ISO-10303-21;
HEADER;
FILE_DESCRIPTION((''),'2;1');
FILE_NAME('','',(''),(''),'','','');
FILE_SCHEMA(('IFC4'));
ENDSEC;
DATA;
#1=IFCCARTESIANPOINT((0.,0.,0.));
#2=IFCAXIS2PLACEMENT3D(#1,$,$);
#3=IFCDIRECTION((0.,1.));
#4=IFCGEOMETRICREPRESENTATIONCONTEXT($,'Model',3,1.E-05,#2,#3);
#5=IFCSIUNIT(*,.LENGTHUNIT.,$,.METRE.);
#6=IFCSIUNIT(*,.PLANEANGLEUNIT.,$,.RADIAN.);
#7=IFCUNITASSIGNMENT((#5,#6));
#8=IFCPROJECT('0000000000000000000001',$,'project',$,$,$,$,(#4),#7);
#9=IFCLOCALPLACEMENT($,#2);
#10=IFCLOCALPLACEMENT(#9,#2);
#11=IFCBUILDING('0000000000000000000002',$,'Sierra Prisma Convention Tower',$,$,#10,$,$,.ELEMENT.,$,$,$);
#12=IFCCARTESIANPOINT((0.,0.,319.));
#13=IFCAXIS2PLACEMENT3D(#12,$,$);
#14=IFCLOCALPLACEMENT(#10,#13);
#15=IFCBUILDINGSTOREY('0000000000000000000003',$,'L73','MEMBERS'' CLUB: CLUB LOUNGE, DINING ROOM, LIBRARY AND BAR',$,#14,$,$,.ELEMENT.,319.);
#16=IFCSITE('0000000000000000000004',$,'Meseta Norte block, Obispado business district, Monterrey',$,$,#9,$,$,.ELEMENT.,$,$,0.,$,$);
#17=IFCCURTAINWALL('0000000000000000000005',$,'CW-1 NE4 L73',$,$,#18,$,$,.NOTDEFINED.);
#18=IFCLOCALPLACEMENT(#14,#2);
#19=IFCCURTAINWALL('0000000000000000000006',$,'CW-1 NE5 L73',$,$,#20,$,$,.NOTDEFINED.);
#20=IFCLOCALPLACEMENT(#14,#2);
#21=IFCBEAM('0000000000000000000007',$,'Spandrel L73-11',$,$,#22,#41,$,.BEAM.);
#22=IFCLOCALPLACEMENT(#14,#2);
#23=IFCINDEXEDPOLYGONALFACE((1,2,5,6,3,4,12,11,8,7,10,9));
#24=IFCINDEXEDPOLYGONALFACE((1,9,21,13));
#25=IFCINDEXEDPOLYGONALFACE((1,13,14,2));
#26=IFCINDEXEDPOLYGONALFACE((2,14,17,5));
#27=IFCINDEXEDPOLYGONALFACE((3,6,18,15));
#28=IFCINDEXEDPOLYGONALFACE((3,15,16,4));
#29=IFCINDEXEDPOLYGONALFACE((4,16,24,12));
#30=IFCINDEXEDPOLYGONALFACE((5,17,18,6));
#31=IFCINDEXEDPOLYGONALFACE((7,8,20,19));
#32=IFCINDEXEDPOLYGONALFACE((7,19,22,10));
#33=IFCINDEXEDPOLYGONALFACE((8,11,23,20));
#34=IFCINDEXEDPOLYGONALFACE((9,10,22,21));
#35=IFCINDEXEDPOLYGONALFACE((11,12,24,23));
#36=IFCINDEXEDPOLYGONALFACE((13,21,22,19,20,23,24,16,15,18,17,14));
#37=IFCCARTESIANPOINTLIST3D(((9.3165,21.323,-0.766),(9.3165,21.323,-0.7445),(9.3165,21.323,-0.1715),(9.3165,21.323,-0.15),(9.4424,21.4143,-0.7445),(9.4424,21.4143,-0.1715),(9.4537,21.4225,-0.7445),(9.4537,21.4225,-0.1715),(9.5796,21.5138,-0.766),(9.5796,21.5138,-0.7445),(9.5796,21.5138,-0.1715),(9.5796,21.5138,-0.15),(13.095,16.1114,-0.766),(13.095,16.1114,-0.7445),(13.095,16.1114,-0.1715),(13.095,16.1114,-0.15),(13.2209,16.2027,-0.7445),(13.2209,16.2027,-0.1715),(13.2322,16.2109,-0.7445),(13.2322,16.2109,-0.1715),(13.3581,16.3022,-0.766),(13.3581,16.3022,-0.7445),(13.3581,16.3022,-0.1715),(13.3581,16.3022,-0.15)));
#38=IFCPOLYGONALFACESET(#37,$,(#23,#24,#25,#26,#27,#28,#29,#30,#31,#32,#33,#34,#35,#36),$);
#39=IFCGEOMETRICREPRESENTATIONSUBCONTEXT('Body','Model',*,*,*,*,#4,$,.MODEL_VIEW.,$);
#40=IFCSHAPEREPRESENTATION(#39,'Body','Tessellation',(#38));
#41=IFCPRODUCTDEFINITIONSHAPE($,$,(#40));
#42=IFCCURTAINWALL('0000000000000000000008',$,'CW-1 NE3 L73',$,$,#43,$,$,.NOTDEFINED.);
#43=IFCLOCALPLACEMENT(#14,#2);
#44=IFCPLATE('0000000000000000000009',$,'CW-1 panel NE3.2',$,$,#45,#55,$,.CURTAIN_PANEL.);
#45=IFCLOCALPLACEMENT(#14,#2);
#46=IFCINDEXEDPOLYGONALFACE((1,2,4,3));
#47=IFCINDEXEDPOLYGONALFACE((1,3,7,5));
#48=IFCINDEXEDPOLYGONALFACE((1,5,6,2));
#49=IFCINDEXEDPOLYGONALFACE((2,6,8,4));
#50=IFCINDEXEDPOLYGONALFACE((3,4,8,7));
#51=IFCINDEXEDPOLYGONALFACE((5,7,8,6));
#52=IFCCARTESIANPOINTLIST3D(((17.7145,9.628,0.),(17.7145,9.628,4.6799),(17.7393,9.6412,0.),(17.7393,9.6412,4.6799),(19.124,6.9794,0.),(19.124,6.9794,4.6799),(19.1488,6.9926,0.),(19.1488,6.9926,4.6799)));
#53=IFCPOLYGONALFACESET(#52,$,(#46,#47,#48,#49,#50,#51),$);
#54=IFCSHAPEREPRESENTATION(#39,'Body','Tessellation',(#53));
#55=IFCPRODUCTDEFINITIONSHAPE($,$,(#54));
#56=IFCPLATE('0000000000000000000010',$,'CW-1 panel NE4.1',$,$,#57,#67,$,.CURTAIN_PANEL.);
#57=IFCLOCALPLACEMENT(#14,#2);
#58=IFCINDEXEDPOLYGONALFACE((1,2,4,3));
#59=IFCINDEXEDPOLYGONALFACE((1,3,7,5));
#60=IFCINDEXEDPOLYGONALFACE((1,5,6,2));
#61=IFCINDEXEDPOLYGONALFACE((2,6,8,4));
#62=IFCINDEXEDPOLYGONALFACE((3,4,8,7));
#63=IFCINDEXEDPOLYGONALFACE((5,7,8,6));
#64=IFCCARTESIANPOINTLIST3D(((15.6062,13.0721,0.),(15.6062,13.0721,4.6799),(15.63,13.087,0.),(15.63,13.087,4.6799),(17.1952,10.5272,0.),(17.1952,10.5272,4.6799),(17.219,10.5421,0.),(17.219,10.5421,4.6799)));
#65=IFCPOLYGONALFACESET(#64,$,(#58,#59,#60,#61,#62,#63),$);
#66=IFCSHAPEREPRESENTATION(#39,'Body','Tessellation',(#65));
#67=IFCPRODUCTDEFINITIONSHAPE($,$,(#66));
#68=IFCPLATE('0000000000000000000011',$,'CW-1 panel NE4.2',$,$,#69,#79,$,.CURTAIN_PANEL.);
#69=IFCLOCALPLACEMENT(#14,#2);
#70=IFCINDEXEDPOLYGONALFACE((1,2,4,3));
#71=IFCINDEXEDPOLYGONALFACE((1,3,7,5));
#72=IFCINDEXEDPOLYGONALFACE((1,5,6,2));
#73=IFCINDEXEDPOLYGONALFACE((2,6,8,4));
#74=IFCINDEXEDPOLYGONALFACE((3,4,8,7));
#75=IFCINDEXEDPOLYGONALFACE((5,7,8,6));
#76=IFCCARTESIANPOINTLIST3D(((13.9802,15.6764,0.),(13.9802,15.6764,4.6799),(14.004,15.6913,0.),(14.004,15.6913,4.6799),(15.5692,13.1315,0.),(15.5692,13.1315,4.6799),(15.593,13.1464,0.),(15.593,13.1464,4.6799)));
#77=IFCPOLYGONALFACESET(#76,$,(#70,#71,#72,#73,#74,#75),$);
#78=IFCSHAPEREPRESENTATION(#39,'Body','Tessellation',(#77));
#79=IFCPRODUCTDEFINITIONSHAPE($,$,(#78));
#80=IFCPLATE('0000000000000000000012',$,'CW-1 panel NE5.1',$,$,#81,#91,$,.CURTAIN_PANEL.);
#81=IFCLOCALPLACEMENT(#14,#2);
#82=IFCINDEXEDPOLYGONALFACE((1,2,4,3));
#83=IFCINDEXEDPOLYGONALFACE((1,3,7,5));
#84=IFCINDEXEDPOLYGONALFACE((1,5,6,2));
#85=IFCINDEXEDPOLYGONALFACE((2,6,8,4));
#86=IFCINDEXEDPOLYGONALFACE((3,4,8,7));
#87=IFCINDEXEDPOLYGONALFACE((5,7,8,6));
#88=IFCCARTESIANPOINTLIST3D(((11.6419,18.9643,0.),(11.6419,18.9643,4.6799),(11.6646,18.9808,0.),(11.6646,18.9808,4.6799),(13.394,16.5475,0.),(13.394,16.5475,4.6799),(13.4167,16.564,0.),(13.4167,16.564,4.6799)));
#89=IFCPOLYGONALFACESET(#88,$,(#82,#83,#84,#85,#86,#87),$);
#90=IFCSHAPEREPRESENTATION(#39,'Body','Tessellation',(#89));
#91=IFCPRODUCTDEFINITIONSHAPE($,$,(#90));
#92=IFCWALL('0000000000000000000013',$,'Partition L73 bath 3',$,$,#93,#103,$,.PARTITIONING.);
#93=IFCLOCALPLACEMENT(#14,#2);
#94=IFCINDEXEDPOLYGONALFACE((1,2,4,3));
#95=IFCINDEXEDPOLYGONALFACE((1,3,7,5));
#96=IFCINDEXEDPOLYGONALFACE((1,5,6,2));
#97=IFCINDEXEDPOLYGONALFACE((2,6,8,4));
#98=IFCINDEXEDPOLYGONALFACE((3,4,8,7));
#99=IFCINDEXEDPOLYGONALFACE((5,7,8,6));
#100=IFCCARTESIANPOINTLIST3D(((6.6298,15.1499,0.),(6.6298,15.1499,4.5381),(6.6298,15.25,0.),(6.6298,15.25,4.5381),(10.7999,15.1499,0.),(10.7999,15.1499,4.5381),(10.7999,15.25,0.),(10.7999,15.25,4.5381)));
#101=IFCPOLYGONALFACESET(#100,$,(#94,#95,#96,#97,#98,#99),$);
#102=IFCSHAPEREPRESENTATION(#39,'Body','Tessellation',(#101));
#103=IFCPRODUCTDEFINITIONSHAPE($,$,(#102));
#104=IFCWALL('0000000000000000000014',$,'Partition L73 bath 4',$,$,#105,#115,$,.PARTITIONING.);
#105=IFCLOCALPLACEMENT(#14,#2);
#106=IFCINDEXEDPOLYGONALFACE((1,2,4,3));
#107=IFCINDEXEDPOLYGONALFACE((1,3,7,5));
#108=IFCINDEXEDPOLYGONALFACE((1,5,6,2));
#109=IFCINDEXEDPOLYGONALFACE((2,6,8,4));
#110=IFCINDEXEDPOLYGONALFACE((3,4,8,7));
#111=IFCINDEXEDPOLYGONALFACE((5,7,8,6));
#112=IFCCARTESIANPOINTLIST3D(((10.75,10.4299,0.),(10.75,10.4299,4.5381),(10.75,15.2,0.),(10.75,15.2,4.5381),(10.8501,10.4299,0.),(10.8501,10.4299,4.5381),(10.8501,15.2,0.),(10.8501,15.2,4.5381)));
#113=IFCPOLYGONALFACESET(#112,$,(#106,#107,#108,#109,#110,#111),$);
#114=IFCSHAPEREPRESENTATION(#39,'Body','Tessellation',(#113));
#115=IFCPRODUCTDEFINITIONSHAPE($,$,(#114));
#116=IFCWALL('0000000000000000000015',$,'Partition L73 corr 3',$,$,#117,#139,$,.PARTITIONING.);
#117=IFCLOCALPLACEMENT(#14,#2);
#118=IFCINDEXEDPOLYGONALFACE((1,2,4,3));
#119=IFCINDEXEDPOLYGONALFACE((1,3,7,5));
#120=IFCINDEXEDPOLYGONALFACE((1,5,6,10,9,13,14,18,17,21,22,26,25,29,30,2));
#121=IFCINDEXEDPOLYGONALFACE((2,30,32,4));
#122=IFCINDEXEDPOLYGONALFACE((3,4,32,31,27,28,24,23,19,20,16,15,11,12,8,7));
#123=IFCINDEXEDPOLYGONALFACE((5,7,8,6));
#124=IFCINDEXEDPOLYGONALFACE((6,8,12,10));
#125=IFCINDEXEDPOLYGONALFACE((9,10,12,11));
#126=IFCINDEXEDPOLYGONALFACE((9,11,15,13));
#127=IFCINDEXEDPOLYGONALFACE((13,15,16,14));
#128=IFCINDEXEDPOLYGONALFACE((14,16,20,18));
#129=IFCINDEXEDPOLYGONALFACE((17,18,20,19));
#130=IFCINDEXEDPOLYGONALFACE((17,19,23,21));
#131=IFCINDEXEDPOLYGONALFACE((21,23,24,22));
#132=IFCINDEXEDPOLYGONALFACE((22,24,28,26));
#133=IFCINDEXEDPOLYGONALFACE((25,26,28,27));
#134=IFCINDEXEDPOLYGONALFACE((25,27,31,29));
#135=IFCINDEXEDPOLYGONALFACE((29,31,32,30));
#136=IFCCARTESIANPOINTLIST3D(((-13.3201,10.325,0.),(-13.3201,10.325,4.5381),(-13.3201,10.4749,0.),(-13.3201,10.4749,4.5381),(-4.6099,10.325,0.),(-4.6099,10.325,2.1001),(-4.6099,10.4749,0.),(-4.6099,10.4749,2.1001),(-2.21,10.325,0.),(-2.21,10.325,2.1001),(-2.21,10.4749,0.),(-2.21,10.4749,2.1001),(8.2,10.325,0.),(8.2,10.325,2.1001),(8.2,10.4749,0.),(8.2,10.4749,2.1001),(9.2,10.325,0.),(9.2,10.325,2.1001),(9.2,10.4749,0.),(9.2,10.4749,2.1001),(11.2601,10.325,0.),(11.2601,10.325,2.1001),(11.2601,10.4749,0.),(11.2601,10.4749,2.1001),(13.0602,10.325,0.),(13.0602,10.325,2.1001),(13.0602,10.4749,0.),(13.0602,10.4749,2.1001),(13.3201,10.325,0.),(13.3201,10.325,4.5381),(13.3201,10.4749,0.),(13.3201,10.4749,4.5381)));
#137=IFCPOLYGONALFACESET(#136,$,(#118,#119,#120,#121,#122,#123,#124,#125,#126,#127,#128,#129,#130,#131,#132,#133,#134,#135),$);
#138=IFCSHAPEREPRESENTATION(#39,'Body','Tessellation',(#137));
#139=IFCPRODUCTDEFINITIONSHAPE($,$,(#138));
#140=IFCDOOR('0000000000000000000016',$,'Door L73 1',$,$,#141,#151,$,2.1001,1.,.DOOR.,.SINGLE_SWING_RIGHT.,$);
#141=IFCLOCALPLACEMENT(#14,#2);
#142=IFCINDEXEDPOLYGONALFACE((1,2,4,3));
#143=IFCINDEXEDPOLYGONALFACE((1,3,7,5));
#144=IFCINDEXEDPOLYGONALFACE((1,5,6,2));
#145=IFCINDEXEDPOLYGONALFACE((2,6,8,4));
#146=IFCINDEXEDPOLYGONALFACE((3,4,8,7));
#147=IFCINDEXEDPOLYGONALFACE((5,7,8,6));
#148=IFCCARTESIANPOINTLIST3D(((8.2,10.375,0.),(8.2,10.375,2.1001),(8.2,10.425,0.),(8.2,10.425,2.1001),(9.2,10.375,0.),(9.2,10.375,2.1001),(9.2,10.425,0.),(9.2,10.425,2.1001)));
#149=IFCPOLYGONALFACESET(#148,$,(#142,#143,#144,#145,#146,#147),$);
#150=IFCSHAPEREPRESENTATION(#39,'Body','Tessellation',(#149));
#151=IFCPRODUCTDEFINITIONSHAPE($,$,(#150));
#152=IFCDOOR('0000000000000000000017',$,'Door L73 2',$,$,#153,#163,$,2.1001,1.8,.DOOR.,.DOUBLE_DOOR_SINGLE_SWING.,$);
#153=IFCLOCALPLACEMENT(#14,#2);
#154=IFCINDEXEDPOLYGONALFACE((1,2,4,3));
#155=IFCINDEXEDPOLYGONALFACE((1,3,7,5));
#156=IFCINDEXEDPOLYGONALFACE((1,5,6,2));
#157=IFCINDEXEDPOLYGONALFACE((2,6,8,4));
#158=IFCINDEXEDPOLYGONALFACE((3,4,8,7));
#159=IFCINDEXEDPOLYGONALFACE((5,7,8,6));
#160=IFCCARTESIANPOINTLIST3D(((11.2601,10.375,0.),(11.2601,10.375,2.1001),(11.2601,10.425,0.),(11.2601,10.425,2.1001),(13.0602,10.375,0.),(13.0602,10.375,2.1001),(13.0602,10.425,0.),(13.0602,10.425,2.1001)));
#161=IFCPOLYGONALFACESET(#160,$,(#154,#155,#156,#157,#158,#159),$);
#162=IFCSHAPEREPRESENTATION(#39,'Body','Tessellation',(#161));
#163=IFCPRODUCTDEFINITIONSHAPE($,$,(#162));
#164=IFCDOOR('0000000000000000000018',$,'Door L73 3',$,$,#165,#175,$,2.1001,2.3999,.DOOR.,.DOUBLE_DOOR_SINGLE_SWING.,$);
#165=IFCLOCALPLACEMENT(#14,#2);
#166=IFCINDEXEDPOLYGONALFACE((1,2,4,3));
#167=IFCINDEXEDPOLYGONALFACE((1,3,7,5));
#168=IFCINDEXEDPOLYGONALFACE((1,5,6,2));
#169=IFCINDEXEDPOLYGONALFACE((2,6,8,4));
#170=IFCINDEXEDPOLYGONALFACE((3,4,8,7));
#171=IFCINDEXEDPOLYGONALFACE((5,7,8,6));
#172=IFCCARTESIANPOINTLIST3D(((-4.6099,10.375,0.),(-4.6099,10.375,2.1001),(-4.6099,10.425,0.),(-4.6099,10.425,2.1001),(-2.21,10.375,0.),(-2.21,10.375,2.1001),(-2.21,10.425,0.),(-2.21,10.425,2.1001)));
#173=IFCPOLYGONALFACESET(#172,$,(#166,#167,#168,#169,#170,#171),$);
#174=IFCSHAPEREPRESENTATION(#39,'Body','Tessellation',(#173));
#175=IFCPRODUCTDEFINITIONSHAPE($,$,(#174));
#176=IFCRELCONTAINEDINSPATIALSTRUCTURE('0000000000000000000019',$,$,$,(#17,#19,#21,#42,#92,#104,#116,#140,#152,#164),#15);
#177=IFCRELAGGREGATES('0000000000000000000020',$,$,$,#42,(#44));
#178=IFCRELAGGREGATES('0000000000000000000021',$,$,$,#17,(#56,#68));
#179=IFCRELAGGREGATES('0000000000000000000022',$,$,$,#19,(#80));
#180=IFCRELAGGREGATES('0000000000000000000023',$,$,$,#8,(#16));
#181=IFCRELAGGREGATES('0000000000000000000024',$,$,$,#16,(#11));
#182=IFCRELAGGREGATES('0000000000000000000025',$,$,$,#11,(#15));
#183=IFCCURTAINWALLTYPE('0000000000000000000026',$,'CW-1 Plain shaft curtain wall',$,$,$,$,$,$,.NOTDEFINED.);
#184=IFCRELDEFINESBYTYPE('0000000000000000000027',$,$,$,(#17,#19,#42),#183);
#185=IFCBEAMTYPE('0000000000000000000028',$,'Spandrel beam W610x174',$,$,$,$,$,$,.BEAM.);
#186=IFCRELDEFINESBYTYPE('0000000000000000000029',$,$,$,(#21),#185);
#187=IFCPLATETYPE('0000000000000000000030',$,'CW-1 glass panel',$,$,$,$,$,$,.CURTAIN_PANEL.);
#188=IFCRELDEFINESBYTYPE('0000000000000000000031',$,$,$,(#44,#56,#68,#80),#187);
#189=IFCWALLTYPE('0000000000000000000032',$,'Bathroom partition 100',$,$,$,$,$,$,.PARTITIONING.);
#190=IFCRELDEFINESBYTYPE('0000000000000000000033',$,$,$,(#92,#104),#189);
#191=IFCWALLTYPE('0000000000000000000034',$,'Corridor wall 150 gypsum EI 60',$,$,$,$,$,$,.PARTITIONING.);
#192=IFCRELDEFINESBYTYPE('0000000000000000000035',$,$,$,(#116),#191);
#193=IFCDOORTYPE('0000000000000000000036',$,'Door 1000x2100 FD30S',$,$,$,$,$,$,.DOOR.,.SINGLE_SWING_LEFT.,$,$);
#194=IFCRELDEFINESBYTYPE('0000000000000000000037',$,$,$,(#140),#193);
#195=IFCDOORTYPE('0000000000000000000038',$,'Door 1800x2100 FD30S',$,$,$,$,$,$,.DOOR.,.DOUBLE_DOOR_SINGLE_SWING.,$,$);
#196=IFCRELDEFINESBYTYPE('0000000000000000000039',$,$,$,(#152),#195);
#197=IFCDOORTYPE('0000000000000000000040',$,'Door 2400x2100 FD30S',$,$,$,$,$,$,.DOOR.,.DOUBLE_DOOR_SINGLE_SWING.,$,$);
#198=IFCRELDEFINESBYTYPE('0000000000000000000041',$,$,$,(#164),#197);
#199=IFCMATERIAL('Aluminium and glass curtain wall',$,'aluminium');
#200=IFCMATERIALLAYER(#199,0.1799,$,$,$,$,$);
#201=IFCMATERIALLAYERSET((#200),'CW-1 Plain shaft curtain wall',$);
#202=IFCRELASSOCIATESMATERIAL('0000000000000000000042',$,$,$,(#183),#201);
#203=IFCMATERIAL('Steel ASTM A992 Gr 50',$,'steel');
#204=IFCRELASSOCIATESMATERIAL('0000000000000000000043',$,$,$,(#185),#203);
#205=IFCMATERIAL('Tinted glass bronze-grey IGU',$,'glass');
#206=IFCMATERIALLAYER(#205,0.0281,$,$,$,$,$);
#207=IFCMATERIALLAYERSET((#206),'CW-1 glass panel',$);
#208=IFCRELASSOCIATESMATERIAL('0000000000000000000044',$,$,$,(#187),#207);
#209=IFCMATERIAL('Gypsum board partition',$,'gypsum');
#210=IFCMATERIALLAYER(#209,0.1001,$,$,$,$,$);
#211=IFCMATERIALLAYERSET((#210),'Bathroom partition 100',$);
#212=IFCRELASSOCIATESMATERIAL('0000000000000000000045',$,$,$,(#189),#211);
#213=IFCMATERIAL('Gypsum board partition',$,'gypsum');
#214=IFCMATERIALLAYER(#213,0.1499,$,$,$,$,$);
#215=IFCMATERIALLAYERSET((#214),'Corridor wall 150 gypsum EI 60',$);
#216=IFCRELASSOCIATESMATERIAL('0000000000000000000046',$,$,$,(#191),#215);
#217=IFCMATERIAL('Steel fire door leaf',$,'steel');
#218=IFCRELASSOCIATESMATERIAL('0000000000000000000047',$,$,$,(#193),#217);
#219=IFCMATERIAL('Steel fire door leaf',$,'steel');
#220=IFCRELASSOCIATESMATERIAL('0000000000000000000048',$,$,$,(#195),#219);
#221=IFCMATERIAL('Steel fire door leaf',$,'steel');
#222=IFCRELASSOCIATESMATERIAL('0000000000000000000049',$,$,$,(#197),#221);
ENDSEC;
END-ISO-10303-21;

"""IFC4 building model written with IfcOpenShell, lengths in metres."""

from ifc_helpers import new_model, si_unit, direction, frame, frame_2d, origin, origin_2d, place, context, subcontext, project, spatial, rectangle, i_section, extrude, material, layer, layer_set, material_profile, profile_set, type_object, element, fill, aggregate, save


model = new_model("IFC4")

# Units and contexts
model_context = context("Model", 3, precision=1e-05, world=origin(), true_north=direction((0.0, 1.0)))
body_context = subcontext(model_context, "Body", "Model", "MODEL_VIEW")
ifc_project = project(units=[si_unit("LENGTHUNIT", "METRE"), si_unit("PLANEANGLEUNIT", "RADIAN")], contexts=[model_context])

# Site, building, storey
site_placement = place(None, origin())
site = spatial("IfcSite", under=ifc_project, at=site_placement, Name="Meseta Norte block, Obispado business district, Monterrey", CompositionType="ELEMENT", RefElevation=0.0)
building_placement = place(site_placement, origin())
building = spatial("IfcBuilding", under=site, at=building_placement, Name="Sierra Prisma Convention Tower", CompositionType="ELEMENT")
storey_placement = place(building_placement, frame((0.0, 0.0, 319.0)))
storey = spatial("IfcBuildingStorey", under=building, at=storey_placement, Name="L73", Description="MEMBERS' CLUB: CLUB LOUNGE, DINING ROOM, LIBRARY AND BAR", CompositionType="ELEMENT", Elevation=319.0)

# Curtain wall
ifc_material_1 = material(Name="Aluminium and glass curtain wall", Category="aluminium")
ifc_layer_1 = layer(ifc_material_1, 0.1799)
ifc_layer_set_1 = layer_set([ifc_layer_1], Name="CW-1 Plain shaft curtain wall")
curtain_wall_type = type_object("IfcCurtainWallType", Name="CW-1 Plain shaft curtain wall", PredefinedType="NOTDEFINED", material=ifc_layer_set_1)
curtain_wall_1_placement = place(storey_placement, origin())
curtain_wall_1 = element("IfcCurtainWall", 1, at=curtain_wall_1_placement, inside=storey, type_object=curtain_wall_type, Name="CW-1 NE4 L73", PredefinedType="NOTDEFINED")

# Curtain wall
curtain_wall_2_placement = place(storey_placement, origin())
curtain_wall_2 = element("IfcCurtainWall", 2, at=curtain_wall_2_placement, inside=storey, type_object=curtain_wall_type, Name="CW-1 NE5 L73", PredefinedType="NOTDEFINED")

# Beam
ifc_material_2 = material(Name="Steel ASTM A992 Gr 50", Category="steel")
ifc_material_profile_1 = material_profile(ifc_material_2, i_section(OverallWidth=0.325, OverallDepth=0.616, WebThickness=0.0139, FlangeThickness=0.0215, at=origin_2d()), Name="W610x174")
ifc_profile_set_1 = profile_set([ifc_material_profile_1], Name="Steel ASTM A992 Gr 50")
beam_type_1 = type_object("IfcBeamType", Name="Spandrel beam W610x174", PredefinedType="BEAM", material=ifc_profile_set_1)
beam_1_placement = place(storey_placement, frame((13.2266, 16.2068, -0.458), z_axis=(-0.586978, 0.809603, 0.0), x_axis=(-0.809603, -0.586978, 0.0)))
element("IfcBeam", 3, at=beam_1_placement, inside=storey, type_object=beam_type_1, Name="Spandrel L73-11", PredefinedType="BEAM", context=body_context, shape_type="SweptSolid", body=[
    extrude(i_section(OverallWidth=0.325, OverallDepth=0.616, WebThickness=0.0139, FlangeThickness=0.0215, at=origin_2d()), origin(), (0.0, 0.0, 1.0), 6.4373),
])

# Curtain wall, plate
curtain_wall_3_placement = place(storey_placement, origin())
curtain_wall_3 = element("IfcCurtainWall", 4, at=curtain_wall_3_placement, inside=storey, type_object=curtain_wall_type, Name="CW-1 NE3 L73", PredefinedType="NOTDEFINED")
ifc_material_3 = material(Name="Tinted glass bronze-grey IGU", Category="glass")
ifc_layer_2 = layer(ifc_material_3, 0.0281)
ifc_layer_set_2 = layer_set([ifc_layer_2], Name="CW-1 glass panel")
plate_type = type_object("IfcPlateType", Name="CW-1 glass panel", PredefinedType="CURTAIN_PANEL", material=ifc_layer_set_2)
plate_1_placement = place(storey_placement, frame((18.4316, 8.3103, 0.0), z_axis=(0.0, 0.0, 1.0), x_axis=(-0.46978, 0.882784, 0.0)))
plate_1 = element("IfcPlate", 5, at=plate_1_placement, type_object=plate_type, Name="CW-1 panel NE3.2", PredefinedType="CURTAIN_PANEL", context=body_context, shape_type="SweptSolid", body=[
    extrude(rectangle(XDim=3.0002, YDim=0.0281, at=origin_2d()), origin(), (0.0, 0.0, 1.0), 4.6799),
])
aggregate(curtain_wall_3, [plate_1])

# Plates
plate_2_placement = place(storey_placement, frame((16.4126, 11.8071, 0.0), z_axis=(0.0, 0.0, 1.0), x_axis=(-0.529623, 0.848233, 0.0)))
plate_2 = element("IfcPlate", 6, at=plate_2_placement, type_object=plate_type, Name="CW-1 panel NE4.1", PredefinedType="CURTAIN_PANEL", context=body_context, shape_type="SweptSolid", body=[
    extrude(rectangle(XDim=3.0002, YDim=0.0281, at=origin_2d()), origin(), (0.0, 0.0, 1.0), 4.6799),
])
plate_3_placement = place(storey_placement, frame((14.7866, 14.4114, 0.0), z_axis=(0.0, 0.0, 1.0), x_axis=(-0.529623, 0.848233, 0.0)))
plate_3 = element("IfcPlate", 7, at=plate_3_placement, type_object=plate_type, Name="CW-1 panel NE4.2", PredefinedType="CURTAIN_PANEL", context=body_context, shape_type="SweptSolid", body=[
    extrude(rectangle(XDim=3.0002, YDim=0.0281, at=origin_2d()), origin(), (0.0, 0.0, 1.0), 4.6799),
])
aggregate(curtain_wall_1, [plate_2, plate_3])
plate_4_placement = place(storey_placement, frame((12.5293, 17.7642, 0.0), z_axis=(0.0, 0.0, 1.0), x_axis=(-0.586938, 0.809632, 0.0)))
plate_4 = element("IfcPlate", 8, at=plate_4_placement, type_object=plate_type, Name="CW-1 panel NE5.1", PredefinedType="CURTAIN_PANEL", context=body_context, shape_type="SweptSolid", body=[
    extrude(rectangle(XDim=2.9851, YDim=0.0281, at=origin_2d()), origin(), (0.0, 0.0, 1.0), 4.6799),
])
aggregate(curtain_wall_2, [plate_4])

# Walls
ifc_material_4 = material(Name="Gypsum board partition", Category="gypsum")
ifc_layer_3 = layer(ifc_material_4, 0.1001)
ifc_layer_set_3 = layer_set([ifc_layer_3], Name="Bathroom partition 100")
wall_type_1 = type_object("IfcWallType", Name="Bathroom partition 100", PredefinedType="PARTITIONING", material=ifc_layer_set_3)
wall_1_placement = place(storey_placement, frame((6.6299, 15.2, 0.0), z_axis=(0.0, 0.0, 1.0), x_axis=(1.0, 0.0, 0.0)))
element("IfcWall", 9, at=wall_1_placement, inside=storey, type_object=wall_type_1, Name="Partition L73 bath 3", PredefinedType="PARTITIONING", context=body_context, shape_type="SweptSolid", body=[
    extrude(rectangle(XDim=4.1702, YDim=0.1001, at=frame_2d((2.085, 0.0))), origin(), (0.0, 0.0, 1.0), 4.5381),
])
wall_2_placement = place(storey_placement, frame((10.8, 15.2, 0.0), z_axis=(0.0, 0.0, 1.0), x_axis=(0.0, -1.0, 0.0)))
element("IfcWall", 10, at=wall_2_placement, inside=storey, type_object=wall_type_1, Name="Partition L73 bath 4", PredefinedType="PARTITIONING", context=body_context, shape_type="SweptSolid", body=[
    extrude(rectangle(XDim=4.77, YDim=0.1001, at=frame_2d((2.385, 0.0))), origin(), (0.0, 0.0, 1.0), 4.5381),
])

# Wall, openings, doors
ifc_material_5 = material(Name="Gypsum board partition", Category="gypsum")
ifc_layer_4 = layer(ifc_material_5, 0.1499)
ifc_layer_set_4 = layer_set([ifc_layer_4], Name="Corridor wall 150 gypsum EI 60")
wall_type_2 = type_object("IfcWallType", Name="Corridor wall 150 gypsum EI 60", PredefinedType="PARTITIONING", material=ifc_layer_set_4)
wall_3_placement = place(storey_placement, frame((13.3201, 10.3999, 0.0), z_axis=(0.0, 0.0, 1.0), x_axis=(-1.0, 0.0, 0.0)))
wall_3 = element("IfcWall", 11, at=wall_3_placement, inside=storey, type_object=wall_type_2, Name="Partition L73 corr 3", PredefinedType="PARTITIONING", context=body_context, shape_type="SweptSolid", body=[
    extrude(rectangle(XDim=26.6401, YDim=0.1499, at=frame_2d((13.3201, 0.0))), origin(), (0.0, 0.0, 1.0), 4.5381),
])
opening_1_placement = place(wall_3_placement, frame((4.1201, 0.0, 0.0)))
opening_1 = element("IfcOpeningElement", 12, at=opening_1_placement, cuts=wall_3, PredefinedType="OPENING", context=body_context, shape_type="SweptSolid", body=[
    extrude(rectangle(XDim=1.0, YDim=2.1001, at=frame_2d((0.5, 1.05))), frame((0.0, 0.075, 0.0), z_axis=(0.0, -1.0, 0.0), x_axis=(1.0, 0.0, 0.0)), (0.0, 0.0, 1.0), 0.1499),
])
opening_2_placement = place(wall_3_placement, frame((0.26, 0.0, 0.0)))
opening_2 = element("IfcOpeningElement", 13, at=opening_2_placement, cuts=wall_3, PredefinedType="OPENING", context=body_context, shape_type="SweptSolid", body=[
    extrude(rectangle(XDim=1.8, YDim=2.1001, at=frame_2d((0.8999, 1.05))), frame((0.0, 0.075, 0.0), z_axis=(0.0, -1.0, 0.0), x_axis=(1.0, 0.0, 0.0)), (0.0, 0.0, 1.0), 0.1499),
])
opening_3_placement = place(wall_3_placement, frame((15.53, 0.0, 0.0)))
opening_3 = element("IfcOpeningElement", 14, at=opening_3_placement, cuts=wall_3, PredefinedType="OPENING", context=body_context, shape_type="SweptSolid", body=[
    extrude(rectangle(XDim=2.3999, YDim=2.1001, at=frame_2d((1.2, 1.05))), frame((0.0, 0.075, 0.0), z_axis=(0.0, -1.0, 0.0), x_axis=(1.0, 0.0, 0.0)), (0.0, 0.0, 1.0), 0.1499),
])
ifc_material_6 = material(Name="Steel fire door leaf", Category="steel")
door_type_1 = type_object("IfcDoorType", Name="Door 1000x2100 FD30S", OperationType="SINGLE_SWING_LEFT", PredefinedType="DOOR", material=ifc_material_6)
door_1_placement = place(opening_1_placement, origin())
door_1 = element("IfcDoor", 15, at=door_1_placement, inside=storey, type_object=door_type_1, Name="Door L73 1", OperationType="SINGLE_SWING_RIGHT", OverallHeight=2.1001, OverallWidth=1.0, PredefinedType="DOOR", context=body_context, shape_type="SweptSolid", body=[
    extrude(rectangle(XDim=1.0, YDim=2.1001, at=frame_2d((0.5, 1.05))), frame((0.0, 0.0249, 0.0), z_axis=(0.0, -1.0, 0.0), x_axis=(1.0, 0.0, 0.0)), (0.0, 0.0, 1.0), 0.05),
])
fill(opening_1, door_1)
ifc_material_7 = material(Name="Steel fire door leaf", Category="steel")
door_type_2 = type_object("IfcDoorType", Name="Door 1800x2100 FD30S", OperationType="DOUBLE_DOOR_SINGLE_SWING", PredefinedType="DOOR", material=ifc_material_7)
door_2_placement = place(opening_2_placement, origin())
door_2 = element("IfcDoor", 16, at=door_2_placement, inside=storey, type_object=door_type_2, Name="Door L73 2", OperationType="DOUBLE_DOOR_SINGLE_SWING", OverallHeight=2.1001, OverallWidth=1.8, PredefinedType="DOOR", context=body_context, shape_type="SweptSolid", body=[
    extrude(rectangle(XDim=1.8, YDim=2.1001, at=frame_2d((0.8999, 1.05))), frame((0.0, 0.0249, 0.0), z_axis=(0.0, -1.0, 0.0), x_axis=(1.0, 0.0, 0.0)), (0.0, 0.0, 1.0), 0.05),
])
fill(opening_2, door_2)
ifc_material_8 = material(Name="Steel fire door leaf", Category="steel")
door_type_3 = type_object("IfcDoorType", Name="Door 2400x2100 FD30S", OperationType="DOUBLE_DOOR_SINGLE_SWING", PredefinedType="DOOR", material=ifc_material_8)
door_3_placement = place(opening_3_placement, origin())
door_3 = element("IfcDoor", 17, at=door_3_placement, inside=storey, type_object=door_type_3, Name="Door L73 3", OperationType="DOUBLE_DOOR_SINGLE_SWING", OverallHeight=2.1001, OverallWidth=2.3999, PredefinedType="DOOR", context=body_context, shape_type="SweptSolid", body=[
    extrude(rectangle(XDim=2.3999, YDim=2.1001, at=frame_2d((1.2, 1.05))), frame((0.0, 0.0249, 0.0), z_axis=(0.0, -1.0, 0.0), x_axis=(1.0, 0.0, 0.0)), (0.0, 0.0, 1.0), 0.05),
])
fill(opening_3, door_3)

save(model, "model.ifc")
